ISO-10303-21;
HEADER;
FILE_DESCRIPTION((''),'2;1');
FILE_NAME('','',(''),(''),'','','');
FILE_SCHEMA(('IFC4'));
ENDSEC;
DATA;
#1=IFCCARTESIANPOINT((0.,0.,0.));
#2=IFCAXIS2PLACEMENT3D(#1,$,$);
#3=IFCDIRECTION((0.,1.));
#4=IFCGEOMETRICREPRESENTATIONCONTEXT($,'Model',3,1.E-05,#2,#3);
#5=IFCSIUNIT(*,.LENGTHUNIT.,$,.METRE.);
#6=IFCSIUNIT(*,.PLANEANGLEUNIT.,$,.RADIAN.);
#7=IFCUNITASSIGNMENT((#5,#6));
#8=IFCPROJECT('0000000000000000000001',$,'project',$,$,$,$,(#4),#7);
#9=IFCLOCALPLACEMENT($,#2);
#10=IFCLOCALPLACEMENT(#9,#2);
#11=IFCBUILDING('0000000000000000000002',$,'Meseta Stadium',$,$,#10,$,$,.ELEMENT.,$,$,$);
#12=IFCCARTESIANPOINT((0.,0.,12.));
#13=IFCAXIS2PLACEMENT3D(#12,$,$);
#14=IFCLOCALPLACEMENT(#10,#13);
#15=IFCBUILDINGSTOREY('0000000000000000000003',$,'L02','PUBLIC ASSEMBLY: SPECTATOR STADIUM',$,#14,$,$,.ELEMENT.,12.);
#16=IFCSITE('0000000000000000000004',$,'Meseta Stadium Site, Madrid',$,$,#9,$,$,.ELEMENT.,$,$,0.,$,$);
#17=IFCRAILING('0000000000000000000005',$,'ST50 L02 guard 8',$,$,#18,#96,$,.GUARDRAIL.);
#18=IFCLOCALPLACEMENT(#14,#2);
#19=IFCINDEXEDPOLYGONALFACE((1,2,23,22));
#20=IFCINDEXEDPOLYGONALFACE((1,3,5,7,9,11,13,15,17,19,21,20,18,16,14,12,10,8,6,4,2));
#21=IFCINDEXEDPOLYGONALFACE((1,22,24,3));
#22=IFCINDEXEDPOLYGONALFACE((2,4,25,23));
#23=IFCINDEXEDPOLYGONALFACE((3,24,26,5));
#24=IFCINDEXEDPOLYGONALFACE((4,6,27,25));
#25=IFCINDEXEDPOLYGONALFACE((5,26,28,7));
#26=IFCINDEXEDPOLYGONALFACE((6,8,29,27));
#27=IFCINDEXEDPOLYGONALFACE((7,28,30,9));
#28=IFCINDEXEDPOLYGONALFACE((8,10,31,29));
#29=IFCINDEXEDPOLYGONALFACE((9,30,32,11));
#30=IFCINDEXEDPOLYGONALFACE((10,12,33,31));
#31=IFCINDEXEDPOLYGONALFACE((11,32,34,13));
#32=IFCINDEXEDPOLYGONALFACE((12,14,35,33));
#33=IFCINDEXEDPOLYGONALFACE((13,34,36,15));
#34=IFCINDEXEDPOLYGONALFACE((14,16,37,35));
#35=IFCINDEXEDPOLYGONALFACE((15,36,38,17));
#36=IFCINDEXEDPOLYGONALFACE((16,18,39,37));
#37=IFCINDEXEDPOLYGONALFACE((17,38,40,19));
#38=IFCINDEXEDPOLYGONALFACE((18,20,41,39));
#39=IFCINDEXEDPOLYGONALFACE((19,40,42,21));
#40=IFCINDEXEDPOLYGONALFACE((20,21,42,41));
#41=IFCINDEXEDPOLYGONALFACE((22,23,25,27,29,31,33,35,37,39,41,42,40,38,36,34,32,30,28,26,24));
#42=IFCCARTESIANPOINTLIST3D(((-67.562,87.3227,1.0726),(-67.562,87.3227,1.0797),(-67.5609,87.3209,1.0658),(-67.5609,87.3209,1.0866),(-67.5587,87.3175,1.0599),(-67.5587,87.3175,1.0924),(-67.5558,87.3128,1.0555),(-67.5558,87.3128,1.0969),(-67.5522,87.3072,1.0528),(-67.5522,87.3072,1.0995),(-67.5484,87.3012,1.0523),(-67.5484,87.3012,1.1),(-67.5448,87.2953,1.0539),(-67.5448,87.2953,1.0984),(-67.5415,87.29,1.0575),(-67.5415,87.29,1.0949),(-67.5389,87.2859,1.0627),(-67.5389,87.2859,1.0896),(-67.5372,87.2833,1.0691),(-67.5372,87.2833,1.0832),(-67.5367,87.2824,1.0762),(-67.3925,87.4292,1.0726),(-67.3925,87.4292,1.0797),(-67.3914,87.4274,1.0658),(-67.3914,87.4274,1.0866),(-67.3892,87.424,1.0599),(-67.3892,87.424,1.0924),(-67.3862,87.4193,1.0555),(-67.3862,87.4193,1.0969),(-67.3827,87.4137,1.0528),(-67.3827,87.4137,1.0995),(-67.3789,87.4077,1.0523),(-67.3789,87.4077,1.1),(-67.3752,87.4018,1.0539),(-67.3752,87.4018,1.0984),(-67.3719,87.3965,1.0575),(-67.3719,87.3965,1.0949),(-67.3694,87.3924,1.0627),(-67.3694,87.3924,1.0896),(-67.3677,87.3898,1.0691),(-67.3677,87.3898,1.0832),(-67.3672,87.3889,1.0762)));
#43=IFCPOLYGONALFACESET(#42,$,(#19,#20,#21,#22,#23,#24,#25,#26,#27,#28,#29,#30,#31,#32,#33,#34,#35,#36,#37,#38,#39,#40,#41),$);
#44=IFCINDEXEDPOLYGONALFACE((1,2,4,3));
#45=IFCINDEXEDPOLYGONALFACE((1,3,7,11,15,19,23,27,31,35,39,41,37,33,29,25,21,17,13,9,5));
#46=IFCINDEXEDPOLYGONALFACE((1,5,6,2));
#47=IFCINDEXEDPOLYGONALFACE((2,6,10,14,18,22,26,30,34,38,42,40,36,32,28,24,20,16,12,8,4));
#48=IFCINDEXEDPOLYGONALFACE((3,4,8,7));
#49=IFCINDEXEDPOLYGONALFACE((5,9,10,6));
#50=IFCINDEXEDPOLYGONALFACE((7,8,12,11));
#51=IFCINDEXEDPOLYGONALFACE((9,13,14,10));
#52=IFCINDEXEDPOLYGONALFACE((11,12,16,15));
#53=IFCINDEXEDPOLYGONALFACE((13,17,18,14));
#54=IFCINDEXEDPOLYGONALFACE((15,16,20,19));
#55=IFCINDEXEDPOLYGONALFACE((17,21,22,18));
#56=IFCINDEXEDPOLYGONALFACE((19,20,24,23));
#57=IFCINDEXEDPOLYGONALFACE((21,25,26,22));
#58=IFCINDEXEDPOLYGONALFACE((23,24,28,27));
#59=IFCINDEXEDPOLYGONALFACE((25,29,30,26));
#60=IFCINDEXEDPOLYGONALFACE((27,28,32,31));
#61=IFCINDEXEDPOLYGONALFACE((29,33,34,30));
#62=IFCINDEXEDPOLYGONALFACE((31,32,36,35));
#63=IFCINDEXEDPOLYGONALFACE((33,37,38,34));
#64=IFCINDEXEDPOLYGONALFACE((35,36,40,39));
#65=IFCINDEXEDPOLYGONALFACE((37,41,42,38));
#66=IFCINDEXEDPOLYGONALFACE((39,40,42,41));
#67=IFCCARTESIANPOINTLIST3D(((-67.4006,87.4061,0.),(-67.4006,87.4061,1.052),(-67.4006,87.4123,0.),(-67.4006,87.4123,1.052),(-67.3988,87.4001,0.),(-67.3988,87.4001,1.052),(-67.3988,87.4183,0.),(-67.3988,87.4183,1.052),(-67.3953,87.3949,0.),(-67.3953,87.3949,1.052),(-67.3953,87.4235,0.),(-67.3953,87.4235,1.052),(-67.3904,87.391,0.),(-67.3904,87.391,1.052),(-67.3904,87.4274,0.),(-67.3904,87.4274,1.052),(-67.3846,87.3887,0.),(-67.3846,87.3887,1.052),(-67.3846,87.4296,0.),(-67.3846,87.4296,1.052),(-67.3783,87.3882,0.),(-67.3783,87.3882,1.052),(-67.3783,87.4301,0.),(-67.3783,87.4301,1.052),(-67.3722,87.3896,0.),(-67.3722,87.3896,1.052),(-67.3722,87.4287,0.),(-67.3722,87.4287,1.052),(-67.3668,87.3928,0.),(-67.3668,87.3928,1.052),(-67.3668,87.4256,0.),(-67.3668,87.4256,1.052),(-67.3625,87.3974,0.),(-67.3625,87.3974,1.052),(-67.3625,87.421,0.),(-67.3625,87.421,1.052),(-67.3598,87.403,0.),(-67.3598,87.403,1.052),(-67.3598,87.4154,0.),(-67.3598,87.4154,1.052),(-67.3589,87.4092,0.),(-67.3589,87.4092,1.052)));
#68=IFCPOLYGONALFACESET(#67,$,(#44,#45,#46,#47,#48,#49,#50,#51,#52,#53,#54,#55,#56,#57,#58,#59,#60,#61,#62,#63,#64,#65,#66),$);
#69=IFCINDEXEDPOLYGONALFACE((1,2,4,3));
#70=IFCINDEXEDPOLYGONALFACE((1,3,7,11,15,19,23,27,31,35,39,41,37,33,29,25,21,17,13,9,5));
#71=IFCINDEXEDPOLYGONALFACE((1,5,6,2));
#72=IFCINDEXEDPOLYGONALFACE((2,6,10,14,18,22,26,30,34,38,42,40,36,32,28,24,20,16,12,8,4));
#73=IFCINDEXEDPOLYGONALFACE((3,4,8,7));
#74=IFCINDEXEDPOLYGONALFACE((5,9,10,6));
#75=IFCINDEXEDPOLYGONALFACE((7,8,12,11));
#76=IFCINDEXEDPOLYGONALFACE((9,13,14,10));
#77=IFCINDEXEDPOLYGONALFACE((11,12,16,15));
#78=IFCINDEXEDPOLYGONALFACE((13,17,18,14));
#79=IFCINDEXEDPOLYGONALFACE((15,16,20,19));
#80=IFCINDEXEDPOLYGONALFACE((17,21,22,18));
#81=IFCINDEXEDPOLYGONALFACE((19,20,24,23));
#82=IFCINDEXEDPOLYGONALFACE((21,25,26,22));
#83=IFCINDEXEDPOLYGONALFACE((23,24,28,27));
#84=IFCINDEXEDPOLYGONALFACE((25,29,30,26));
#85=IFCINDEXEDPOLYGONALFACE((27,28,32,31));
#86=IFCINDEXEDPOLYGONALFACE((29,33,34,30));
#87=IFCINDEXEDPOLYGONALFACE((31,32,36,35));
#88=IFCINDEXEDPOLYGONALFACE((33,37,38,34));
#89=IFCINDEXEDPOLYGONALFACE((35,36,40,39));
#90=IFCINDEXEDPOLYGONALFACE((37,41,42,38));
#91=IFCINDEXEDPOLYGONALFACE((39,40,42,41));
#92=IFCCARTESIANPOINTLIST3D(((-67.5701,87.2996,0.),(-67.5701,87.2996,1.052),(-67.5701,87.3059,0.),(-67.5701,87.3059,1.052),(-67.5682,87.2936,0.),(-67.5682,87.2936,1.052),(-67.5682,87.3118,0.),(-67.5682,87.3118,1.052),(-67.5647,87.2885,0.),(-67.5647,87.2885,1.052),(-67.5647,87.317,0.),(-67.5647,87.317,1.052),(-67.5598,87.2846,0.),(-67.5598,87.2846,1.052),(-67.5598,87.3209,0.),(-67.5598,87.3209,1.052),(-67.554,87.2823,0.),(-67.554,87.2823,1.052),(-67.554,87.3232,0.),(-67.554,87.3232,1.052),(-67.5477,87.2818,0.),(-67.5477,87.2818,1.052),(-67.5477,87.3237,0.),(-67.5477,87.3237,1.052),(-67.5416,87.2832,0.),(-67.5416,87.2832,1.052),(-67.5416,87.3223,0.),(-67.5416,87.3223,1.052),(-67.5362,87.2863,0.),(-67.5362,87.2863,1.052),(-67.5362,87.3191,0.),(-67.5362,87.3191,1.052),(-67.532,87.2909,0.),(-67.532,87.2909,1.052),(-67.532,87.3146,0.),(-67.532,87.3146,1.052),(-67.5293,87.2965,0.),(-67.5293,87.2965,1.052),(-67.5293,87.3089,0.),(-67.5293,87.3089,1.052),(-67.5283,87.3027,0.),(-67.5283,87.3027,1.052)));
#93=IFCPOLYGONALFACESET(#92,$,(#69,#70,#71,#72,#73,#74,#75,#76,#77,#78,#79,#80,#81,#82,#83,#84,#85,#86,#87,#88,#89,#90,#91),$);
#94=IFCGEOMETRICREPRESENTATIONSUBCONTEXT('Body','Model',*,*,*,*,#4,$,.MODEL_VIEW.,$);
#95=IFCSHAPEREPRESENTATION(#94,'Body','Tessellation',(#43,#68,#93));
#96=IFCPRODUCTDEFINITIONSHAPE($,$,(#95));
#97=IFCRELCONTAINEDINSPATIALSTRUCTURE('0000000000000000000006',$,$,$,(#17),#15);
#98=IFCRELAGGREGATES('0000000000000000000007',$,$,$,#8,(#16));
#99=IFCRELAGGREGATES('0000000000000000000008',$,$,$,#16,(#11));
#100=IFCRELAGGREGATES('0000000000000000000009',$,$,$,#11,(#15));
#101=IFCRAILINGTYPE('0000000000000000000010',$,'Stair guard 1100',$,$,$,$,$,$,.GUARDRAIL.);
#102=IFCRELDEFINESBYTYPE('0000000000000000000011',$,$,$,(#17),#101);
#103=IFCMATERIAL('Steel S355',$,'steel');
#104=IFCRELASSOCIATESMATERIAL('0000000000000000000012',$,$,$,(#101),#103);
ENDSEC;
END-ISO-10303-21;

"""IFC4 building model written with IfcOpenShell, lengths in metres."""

from ifc_helpers import new_model, si_unit, direction, frame, origin, origin_2d, place, context, subcontext, project, spatial, circle, extrude, material, type_object, element, save


model = new_model("IFC4")

# Units and contexts
model_context = context("Model", 3, precision=1e-05, world=origin(), true_north=direction((0.0, 1.0)))
body_context = subcontext(model_context, "Body", "Model", "MODEL_VIEW")
ifc_project = project(units=[si_unit("LENGTHUNIT", "METRE"), si_unit("PLANEANGLEUNIT", "RADIAN")], contexts=[model_context])

# Site, building, storey
site_placement = place(None, origin())
site = spatial("IfcSite", under=ifc_project, at=site_placement, Name="Meseta Stadium Site, Madrid", CompositionType="ELEMENT", RefElevation=0.0)
building_placement = place(site_placement, origin())
building = spatial("IfcBuilding", under=site, at=building_placement, Name="Meseta Stadium", CompositionType="ELEMENT")
storey_placement = place(building_placement, frame((0.0, 0.0, 12.0)))
storey = spatial("IfcBuildingStorey", under=building, at=storey_placement, Name="L02", Description="PUBLIC ASSEMBLY: SPECTATOR STADIUM", CompositionType="ELEMENT", Elevation=12.0)

# Railing
ifc_material_1 = material(Name="Steel S355", Category="steel")
railing_type_1 = type_object("IfcRailingType", Name="Stair guard 1100", PredefinedType="GUARDRAIL", material=ifc_material_1)
railing_1_placement = place(storey_placement, frame((-67.3799, 87.4092, 0.0)))
element("IfcRailing", 1, at=railing_1_placement, inside=storey, type_object=railing_type_1, Name="ST50 L02 guard 8", PredefinedType="GUARDRAIL", context=body_context, shape_type="SweptSolid", body=[
    extrude(circle(Radius=0.0239, at=origin_2d()), frame((0.0, 0.0, 1.0762), z_axis=(-0.846762, -0.531972, 0.0), x_axis=(0.531972, -0.846762, 0.0)), (0.0, 0.0, 1.0), 0.2002),
    extrude(circle(Radius=0.021, at=origin_2d()), origin(), (0.0, 0.0, 1.0), 1.052),
    extrude(circle(Radius=0.021, at=origin_2d()), frame((-0.1694, -0.1064, 0.0)), (0.0, 0.0, 1.0), 1.052),
])

save(model, "model.ifc")
